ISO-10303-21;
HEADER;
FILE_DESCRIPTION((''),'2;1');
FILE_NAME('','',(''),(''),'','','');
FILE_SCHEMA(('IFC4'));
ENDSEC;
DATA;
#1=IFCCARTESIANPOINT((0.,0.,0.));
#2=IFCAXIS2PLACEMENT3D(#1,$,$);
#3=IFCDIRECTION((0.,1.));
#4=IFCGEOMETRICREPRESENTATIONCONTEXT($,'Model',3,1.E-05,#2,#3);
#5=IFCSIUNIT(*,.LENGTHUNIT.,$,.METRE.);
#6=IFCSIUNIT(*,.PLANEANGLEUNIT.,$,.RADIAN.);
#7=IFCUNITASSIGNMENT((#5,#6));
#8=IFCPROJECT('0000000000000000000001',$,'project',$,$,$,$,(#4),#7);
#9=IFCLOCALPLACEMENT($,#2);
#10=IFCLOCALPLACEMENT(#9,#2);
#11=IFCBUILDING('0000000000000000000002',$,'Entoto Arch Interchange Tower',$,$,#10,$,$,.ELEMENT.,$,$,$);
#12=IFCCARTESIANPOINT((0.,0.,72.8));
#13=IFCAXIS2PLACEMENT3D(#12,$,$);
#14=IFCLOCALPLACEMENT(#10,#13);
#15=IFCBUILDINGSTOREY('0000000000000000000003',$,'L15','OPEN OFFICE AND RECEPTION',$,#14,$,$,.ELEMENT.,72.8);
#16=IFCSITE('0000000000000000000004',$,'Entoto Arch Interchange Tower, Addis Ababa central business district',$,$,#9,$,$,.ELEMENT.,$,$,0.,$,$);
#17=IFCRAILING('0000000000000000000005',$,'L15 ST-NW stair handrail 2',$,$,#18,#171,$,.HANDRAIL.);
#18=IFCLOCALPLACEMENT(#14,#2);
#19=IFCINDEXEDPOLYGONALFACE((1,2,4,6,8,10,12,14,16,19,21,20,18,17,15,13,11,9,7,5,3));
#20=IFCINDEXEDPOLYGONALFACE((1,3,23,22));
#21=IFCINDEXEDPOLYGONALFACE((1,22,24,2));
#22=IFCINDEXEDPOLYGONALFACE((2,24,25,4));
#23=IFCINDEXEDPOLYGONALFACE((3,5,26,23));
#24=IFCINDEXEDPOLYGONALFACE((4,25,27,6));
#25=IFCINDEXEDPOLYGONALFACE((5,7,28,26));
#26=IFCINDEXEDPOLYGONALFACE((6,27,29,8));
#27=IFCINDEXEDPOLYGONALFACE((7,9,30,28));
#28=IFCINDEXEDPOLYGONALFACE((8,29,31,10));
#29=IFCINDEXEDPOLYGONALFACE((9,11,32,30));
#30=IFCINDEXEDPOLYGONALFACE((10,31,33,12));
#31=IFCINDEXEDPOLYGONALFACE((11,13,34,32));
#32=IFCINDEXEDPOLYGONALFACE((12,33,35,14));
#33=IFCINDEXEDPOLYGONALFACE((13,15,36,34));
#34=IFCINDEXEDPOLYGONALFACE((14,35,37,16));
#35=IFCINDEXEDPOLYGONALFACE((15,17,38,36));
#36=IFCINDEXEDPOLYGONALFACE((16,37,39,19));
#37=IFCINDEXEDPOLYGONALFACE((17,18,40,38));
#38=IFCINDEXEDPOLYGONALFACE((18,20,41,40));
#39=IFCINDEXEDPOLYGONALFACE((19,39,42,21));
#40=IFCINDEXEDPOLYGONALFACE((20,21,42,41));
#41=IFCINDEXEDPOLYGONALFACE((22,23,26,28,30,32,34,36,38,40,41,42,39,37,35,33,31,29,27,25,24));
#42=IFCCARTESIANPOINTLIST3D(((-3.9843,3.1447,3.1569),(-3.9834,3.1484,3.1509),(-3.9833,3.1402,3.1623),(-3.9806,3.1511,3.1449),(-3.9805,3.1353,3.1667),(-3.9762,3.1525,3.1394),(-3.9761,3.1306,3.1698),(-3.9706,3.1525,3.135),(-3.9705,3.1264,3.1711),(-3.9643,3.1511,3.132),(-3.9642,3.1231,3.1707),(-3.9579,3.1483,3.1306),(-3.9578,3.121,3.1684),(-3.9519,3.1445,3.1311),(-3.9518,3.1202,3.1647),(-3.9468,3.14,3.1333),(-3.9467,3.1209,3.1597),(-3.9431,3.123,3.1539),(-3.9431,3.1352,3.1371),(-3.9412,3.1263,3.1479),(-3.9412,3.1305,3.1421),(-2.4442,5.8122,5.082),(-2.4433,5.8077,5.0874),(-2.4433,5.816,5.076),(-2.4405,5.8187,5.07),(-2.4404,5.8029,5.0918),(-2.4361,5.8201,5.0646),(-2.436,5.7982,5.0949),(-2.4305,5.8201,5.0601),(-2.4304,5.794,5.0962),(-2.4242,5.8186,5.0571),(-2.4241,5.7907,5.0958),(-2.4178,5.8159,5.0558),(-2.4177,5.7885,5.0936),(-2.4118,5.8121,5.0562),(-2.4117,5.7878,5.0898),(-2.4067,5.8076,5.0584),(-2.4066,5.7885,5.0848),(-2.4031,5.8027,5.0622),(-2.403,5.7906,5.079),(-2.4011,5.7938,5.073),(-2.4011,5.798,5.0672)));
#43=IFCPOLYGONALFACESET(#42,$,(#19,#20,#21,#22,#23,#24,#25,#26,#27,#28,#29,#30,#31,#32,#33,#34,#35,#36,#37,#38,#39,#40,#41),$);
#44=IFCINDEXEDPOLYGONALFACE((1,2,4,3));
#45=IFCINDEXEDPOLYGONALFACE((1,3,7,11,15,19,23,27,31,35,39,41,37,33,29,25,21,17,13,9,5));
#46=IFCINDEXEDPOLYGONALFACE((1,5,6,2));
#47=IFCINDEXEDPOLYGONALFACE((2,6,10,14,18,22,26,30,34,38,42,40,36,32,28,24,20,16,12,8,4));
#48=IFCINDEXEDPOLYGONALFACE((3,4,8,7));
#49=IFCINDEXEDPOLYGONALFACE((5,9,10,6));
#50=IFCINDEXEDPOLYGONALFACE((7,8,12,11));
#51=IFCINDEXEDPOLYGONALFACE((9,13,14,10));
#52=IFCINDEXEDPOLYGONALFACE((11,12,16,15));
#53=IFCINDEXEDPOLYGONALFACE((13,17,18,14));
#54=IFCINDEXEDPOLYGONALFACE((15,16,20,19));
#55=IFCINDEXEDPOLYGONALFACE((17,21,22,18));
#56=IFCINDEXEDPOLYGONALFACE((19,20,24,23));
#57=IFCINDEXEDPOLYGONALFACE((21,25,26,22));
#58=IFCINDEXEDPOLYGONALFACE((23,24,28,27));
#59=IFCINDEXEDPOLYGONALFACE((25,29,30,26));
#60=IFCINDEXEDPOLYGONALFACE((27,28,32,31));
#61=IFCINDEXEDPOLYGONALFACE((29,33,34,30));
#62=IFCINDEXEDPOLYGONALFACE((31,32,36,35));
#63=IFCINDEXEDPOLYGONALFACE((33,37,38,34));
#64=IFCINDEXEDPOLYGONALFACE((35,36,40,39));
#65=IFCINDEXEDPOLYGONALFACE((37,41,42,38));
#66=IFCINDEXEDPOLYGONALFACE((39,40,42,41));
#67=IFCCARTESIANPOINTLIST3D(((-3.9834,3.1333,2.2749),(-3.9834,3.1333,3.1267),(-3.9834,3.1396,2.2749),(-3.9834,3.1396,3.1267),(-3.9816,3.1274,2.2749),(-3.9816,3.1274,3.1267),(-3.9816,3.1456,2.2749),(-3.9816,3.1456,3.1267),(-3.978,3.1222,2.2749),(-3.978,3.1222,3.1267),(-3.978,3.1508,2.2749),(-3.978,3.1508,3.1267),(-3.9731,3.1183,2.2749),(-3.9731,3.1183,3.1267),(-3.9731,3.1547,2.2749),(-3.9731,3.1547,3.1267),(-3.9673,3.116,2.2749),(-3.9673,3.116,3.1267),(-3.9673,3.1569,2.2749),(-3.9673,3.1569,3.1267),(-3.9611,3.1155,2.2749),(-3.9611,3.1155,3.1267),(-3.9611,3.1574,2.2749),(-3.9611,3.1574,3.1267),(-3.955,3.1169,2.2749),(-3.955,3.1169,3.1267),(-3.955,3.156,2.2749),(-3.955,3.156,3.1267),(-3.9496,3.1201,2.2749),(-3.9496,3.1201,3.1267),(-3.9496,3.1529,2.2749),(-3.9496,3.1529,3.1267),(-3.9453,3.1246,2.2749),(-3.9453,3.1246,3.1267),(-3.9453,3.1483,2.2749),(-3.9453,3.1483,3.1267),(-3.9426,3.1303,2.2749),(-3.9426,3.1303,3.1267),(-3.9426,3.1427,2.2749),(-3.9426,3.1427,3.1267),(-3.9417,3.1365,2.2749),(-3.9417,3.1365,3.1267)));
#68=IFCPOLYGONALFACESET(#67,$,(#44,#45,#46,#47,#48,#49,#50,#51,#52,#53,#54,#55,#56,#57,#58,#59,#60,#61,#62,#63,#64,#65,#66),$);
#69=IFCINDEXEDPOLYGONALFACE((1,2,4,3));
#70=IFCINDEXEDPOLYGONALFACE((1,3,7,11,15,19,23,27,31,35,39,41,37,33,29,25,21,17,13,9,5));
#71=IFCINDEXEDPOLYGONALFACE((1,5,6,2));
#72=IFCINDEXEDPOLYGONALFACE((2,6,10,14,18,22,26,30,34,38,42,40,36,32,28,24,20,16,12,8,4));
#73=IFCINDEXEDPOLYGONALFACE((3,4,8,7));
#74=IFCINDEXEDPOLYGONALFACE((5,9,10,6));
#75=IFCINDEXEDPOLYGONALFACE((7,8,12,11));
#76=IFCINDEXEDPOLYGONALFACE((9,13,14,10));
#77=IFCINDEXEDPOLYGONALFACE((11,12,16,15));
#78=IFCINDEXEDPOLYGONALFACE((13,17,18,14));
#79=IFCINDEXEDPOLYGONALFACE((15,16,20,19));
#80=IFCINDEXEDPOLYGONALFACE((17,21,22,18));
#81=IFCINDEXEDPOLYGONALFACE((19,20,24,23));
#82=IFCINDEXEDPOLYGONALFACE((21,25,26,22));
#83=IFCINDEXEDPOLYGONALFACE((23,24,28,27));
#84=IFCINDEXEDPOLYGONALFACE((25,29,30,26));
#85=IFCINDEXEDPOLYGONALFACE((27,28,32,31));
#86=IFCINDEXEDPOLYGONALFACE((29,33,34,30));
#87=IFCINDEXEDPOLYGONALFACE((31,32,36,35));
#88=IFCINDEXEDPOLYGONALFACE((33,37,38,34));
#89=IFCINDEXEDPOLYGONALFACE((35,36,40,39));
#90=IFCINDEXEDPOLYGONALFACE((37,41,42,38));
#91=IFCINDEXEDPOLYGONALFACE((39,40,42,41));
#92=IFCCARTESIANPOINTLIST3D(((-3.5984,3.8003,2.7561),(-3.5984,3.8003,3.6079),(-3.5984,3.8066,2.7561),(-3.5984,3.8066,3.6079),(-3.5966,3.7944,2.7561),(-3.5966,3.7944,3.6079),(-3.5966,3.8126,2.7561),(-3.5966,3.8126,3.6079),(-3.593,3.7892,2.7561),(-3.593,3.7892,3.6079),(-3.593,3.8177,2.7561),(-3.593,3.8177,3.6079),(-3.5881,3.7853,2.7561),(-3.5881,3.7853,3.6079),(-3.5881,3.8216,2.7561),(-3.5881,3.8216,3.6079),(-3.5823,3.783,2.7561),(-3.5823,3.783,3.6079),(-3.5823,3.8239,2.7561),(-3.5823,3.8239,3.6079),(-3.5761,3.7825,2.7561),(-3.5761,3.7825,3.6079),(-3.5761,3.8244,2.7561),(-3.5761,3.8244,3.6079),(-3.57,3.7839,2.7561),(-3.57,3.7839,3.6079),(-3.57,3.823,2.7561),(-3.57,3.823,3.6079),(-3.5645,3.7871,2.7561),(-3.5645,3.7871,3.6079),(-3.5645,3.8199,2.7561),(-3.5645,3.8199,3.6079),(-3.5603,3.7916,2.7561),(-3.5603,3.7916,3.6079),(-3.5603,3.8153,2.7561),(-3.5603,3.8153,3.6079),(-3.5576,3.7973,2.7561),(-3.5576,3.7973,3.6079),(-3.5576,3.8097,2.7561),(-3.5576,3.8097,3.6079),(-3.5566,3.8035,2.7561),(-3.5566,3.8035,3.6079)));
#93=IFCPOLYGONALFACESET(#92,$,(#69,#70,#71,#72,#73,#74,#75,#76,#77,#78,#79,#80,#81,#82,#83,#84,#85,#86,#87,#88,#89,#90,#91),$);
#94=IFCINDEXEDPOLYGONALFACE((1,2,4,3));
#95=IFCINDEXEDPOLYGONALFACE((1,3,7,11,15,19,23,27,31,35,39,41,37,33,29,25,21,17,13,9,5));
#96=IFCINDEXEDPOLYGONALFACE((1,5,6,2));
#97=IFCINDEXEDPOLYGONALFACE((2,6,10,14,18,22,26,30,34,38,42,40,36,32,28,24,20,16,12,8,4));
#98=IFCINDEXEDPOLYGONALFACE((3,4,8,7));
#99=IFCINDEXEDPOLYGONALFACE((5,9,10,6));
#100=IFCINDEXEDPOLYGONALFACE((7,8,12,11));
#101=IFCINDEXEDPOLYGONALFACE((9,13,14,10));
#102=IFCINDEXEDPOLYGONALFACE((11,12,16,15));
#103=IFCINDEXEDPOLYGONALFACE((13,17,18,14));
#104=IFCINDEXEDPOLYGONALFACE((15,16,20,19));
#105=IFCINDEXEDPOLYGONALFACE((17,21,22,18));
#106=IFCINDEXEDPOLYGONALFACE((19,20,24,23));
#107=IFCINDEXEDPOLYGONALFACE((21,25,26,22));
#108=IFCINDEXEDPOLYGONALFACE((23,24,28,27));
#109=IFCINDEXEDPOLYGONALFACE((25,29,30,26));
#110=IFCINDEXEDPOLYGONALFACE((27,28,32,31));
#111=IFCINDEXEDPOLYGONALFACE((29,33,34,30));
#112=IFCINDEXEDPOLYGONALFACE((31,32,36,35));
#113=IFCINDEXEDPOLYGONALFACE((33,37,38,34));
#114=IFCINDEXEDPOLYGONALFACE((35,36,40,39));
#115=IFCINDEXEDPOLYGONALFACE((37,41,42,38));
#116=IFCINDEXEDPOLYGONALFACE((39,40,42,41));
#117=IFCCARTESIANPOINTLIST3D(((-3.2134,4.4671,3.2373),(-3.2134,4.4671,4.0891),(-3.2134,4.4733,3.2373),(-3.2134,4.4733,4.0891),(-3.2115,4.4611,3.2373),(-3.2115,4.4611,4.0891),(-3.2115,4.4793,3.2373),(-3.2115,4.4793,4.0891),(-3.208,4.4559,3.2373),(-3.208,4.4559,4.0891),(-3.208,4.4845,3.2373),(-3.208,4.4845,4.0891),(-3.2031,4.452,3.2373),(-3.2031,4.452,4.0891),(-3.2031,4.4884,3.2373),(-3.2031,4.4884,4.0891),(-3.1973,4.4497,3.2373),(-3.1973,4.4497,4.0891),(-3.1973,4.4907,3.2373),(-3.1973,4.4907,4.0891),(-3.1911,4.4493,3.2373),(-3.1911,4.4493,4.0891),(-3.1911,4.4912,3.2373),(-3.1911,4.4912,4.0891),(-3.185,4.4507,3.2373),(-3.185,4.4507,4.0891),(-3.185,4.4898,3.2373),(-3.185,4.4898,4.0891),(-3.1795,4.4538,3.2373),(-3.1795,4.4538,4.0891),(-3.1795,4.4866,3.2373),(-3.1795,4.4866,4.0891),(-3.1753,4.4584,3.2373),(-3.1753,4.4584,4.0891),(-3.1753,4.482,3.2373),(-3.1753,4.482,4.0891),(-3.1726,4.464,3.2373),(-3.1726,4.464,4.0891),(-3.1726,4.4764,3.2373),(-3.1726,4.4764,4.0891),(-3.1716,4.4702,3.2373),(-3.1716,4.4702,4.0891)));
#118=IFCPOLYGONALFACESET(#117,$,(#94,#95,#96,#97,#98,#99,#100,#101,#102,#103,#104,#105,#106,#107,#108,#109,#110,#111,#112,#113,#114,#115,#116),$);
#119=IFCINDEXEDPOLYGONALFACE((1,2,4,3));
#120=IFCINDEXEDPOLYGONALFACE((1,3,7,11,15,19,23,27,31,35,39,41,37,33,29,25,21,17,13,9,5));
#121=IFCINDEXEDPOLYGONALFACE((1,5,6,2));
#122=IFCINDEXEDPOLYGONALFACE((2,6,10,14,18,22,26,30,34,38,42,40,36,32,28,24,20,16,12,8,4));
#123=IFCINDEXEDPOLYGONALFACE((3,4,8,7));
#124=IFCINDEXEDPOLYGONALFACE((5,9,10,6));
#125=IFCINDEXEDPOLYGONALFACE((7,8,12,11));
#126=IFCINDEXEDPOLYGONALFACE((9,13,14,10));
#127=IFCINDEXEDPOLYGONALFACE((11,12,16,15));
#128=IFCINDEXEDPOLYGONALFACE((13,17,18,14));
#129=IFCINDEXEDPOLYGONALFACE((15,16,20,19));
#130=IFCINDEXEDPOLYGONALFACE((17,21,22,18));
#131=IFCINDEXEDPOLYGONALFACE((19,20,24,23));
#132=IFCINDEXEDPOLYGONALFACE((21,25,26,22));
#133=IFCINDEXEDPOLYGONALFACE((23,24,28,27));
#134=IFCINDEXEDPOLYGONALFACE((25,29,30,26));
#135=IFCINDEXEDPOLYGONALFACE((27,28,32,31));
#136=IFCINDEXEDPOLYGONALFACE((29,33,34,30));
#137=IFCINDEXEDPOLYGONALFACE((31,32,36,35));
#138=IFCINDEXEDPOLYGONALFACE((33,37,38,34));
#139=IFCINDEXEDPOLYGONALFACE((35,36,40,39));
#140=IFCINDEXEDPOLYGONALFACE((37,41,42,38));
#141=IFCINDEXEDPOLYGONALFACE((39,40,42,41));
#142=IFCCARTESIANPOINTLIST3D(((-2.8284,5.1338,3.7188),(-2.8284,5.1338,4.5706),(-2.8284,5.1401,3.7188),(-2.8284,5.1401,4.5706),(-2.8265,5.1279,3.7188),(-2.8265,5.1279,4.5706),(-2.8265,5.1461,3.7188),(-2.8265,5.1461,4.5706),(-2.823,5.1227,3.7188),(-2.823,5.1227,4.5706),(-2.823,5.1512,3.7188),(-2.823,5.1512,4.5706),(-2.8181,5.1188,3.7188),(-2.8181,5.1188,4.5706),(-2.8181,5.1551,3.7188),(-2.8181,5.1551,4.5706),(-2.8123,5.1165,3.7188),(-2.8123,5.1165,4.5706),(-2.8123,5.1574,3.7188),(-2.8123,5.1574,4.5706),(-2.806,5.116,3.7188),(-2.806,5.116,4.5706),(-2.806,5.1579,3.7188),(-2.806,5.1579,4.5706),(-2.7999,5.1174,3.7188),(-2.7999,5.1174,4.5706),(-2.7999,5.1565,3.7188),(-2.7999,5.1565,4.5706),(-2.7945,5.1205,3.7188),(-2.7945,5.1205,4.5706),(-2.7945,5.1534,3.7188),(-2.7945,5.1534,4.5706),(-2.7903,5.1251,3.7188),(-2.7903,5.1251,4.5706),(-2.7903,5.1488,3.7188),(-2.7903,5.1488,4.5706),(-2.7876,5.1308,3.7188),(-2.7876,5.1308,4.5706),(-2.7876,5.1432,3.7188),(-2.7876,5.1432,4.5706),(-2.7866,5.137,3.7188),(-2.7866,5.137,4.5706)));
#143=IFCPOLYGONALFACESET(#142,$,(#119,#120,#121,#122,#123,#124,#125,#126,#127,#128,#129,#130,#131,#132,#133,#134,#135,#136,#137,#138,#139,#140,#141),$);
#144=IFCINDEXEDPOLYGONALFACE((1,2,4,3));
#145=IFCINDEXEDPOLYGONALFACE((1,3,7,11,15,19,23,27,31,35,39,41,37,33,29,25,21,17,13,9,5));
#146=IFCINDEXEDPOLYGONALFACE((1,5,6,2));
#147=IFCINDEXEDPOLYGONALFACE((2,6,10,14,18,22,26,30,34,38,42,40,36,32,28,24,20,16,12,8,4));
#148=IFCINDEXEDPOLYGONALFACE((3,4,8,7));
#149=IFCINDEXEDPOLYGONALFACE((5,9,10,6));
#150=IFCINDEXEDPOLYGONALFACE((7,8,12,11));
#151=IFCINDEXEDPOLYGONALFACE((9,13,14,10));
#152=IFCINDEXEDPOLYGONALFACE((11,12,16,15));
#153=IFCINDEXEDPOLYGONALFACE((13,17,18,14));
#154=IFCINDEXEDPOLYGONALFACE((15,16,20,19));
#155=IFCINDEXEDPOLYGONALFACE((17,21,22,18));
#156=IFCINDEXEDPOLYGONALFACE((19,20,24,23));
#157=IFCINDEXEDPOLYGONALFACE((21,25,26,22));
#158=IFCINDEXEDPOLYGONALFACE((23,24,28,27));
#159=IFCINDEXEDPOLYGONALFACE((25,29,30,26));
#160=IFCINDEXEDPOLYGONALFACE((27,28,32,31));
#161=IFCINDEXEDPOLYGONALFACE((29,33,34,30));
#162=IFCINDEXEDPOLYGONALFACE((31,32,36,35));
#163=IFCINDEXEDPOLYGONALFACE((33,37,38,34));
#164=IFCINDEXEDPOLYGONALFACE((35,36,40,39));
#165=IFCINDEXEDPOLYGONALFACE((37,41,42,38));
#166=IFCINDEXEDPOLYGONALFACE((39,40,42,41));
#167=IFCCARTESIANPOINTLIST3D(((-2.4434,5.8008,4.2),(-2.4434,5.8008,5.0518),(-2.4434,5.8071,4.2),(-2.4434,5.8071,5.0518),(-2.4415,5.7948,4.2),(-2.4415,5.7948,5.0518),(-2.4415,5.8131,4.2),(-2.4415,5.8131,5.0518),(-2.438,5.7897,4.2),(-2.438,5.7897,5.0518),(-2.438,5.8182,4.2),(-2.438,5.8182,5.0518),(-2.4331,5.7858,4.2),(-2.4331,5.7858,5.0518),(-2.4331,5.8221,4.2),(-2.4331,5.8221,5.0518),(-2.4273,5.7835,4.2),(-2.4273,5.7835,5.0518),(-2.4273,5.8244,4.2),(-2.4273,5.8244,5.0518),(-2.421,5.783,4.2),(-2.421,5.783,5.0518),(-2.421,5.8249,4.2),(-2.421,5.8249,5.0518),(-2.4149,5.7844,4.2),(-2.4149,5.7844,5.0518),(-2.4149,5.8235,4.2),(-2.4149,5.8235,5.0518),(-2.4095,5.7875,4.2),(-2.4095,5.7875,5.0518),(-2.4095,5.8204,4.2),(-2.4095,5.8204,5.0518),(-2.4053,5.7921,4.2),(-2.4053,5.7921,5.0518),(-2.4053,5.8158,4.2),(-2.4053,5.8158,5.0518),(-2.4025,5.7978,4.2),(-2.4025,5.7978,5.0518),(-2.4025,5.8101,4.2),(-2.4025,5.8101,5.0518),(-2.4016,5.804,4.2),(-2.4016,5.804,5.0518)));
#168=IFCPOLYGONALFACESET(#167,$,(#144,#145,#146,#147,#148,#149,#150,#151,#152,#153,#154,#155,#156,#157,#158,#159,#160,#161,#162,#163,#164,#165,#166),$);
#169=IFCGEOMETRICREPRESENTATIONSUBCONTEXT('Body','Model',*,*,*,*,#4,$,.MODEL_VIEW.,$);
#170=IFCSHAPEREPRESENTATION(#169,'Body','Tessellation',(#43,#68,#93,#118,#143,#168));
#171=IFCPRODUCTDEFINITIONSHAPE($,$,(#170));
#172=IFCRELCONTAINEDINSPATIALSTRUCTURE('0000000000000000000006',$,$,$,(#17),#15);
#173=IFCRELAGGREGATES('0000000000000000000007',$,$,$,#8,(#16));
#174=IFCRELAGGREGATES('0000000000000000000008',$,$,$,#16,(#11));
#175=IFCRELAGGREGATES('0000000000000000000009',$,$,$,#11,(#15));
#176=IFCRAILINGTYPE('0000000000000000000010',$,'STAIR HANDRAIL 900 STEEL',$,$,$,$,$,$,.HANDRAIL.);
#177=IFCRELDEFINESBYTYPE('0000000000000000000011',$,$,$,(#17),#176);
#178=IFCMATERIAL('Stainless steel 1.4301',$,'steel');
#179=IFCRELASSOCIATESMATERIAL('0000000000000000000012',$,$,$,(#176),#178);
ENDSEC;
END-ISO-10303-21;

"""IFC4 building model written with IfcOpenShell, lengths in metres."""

from ifc_helpers import new_model, si_unit, direction, frame, origin, origin_2d, place, context, subcontext, project, spatial, circle, extrude, material, type_object, element, save


model = new_model("IFC4")

# Units and contexts
model_context = context("Model", 3, precision=1e-05, world=origin(), true_north=direction((0.0, 1.0)))
body_context = subcontext(model_context, "Body", "Model", "MODEL_VIEW")
ifc_project = project(units=[si_unit("LENGTHUNIT", "METRE"), si_unit("PLANEANGLEUNIT", "RADIAN")], contexts=[model_context])

# Site, building, storey
site_placement = place(None, origin())
site = spatial("IfcSite", under=ifc_project, at=site_placement, Name="Entoto Arch Interchange Tower, Addis Ababa central business district", CompositionType="ELEMENT", RefElevation=0.0)
building_placement = place(site_placement, origin())
building = spatial("IfcBuilding", under=site, at=building_placement, Name="Entoto Arch Interchange Tower", CompositionType="ELEMENT")
storey_placement = place(building_placement, frame((0.0, 0.0, 72.8)))
storey = spatial("IfcBuildingStorey", under=building, at=storey_placement, Name="L15", Description="OPEN OFFICE AND RECEPTION", CompositionType="ELEMENT", Elevation=72.8)

# Railing
ifc_material_1 = material(Name="Stainless steel 1.4301", Category="steel")
railing_type_1 = type_object("IfcRailingType", Name="STAIR HANDRAIL 900 STEEL", PredefinedType="HANDRAIL", material=ifc_material_1)
railing_1_placement = place(storey_placement, frame((-3.9626, 3.1365, 2.2749)))
element("IfcRailing", 1, at=railing_1_placement, inside=storey, type_object=railing_type_1, Name="L15 ST-NW stair handrail 2", PredefinedType="HANDRAIL", context=body_context, shape_type="SweptSolid", body=[
    extrude(circle(Radius=0.0239, at=origin_2d()), frame((0.0, 0.0, 0.876), z_axis=(0.423994, 0.734395, 0.529993), x_axis=(-0.86603, 0.499992, 0.0)), (0.0, 0.0, 1.0), 3.6323),
    extrude(circle(Radius=0.021, at=origin_2d()), origin(), (0.0, 0.0, 1.0), 0.8518),
    extrude(circle(Radius=0.021, at=origin_2d()), frame((0.385, 0.667, 0.4812)), (0.0, 0.0, 1.0), 0.8518),
    extrude(circle(Radius=0.021, at=origin_2d()), frame((0.77, 1.3337, 0.9624)), (0.0, 0.0, 1.0), 0.8518),
    extrude(circle(Radius=0.021, at=origin_2d()), frame((1.155, 2.0005, 1.4438)), (0.0, 0.0, 1.0), 0.8518),
    extrude(circle(Radius=0.021, at=origin_2d()), frame((1.54, 2.6675, 1.925)), (0.0, 0.0, 1.0), 0.8518),
])

save(model, "model.ifc")
